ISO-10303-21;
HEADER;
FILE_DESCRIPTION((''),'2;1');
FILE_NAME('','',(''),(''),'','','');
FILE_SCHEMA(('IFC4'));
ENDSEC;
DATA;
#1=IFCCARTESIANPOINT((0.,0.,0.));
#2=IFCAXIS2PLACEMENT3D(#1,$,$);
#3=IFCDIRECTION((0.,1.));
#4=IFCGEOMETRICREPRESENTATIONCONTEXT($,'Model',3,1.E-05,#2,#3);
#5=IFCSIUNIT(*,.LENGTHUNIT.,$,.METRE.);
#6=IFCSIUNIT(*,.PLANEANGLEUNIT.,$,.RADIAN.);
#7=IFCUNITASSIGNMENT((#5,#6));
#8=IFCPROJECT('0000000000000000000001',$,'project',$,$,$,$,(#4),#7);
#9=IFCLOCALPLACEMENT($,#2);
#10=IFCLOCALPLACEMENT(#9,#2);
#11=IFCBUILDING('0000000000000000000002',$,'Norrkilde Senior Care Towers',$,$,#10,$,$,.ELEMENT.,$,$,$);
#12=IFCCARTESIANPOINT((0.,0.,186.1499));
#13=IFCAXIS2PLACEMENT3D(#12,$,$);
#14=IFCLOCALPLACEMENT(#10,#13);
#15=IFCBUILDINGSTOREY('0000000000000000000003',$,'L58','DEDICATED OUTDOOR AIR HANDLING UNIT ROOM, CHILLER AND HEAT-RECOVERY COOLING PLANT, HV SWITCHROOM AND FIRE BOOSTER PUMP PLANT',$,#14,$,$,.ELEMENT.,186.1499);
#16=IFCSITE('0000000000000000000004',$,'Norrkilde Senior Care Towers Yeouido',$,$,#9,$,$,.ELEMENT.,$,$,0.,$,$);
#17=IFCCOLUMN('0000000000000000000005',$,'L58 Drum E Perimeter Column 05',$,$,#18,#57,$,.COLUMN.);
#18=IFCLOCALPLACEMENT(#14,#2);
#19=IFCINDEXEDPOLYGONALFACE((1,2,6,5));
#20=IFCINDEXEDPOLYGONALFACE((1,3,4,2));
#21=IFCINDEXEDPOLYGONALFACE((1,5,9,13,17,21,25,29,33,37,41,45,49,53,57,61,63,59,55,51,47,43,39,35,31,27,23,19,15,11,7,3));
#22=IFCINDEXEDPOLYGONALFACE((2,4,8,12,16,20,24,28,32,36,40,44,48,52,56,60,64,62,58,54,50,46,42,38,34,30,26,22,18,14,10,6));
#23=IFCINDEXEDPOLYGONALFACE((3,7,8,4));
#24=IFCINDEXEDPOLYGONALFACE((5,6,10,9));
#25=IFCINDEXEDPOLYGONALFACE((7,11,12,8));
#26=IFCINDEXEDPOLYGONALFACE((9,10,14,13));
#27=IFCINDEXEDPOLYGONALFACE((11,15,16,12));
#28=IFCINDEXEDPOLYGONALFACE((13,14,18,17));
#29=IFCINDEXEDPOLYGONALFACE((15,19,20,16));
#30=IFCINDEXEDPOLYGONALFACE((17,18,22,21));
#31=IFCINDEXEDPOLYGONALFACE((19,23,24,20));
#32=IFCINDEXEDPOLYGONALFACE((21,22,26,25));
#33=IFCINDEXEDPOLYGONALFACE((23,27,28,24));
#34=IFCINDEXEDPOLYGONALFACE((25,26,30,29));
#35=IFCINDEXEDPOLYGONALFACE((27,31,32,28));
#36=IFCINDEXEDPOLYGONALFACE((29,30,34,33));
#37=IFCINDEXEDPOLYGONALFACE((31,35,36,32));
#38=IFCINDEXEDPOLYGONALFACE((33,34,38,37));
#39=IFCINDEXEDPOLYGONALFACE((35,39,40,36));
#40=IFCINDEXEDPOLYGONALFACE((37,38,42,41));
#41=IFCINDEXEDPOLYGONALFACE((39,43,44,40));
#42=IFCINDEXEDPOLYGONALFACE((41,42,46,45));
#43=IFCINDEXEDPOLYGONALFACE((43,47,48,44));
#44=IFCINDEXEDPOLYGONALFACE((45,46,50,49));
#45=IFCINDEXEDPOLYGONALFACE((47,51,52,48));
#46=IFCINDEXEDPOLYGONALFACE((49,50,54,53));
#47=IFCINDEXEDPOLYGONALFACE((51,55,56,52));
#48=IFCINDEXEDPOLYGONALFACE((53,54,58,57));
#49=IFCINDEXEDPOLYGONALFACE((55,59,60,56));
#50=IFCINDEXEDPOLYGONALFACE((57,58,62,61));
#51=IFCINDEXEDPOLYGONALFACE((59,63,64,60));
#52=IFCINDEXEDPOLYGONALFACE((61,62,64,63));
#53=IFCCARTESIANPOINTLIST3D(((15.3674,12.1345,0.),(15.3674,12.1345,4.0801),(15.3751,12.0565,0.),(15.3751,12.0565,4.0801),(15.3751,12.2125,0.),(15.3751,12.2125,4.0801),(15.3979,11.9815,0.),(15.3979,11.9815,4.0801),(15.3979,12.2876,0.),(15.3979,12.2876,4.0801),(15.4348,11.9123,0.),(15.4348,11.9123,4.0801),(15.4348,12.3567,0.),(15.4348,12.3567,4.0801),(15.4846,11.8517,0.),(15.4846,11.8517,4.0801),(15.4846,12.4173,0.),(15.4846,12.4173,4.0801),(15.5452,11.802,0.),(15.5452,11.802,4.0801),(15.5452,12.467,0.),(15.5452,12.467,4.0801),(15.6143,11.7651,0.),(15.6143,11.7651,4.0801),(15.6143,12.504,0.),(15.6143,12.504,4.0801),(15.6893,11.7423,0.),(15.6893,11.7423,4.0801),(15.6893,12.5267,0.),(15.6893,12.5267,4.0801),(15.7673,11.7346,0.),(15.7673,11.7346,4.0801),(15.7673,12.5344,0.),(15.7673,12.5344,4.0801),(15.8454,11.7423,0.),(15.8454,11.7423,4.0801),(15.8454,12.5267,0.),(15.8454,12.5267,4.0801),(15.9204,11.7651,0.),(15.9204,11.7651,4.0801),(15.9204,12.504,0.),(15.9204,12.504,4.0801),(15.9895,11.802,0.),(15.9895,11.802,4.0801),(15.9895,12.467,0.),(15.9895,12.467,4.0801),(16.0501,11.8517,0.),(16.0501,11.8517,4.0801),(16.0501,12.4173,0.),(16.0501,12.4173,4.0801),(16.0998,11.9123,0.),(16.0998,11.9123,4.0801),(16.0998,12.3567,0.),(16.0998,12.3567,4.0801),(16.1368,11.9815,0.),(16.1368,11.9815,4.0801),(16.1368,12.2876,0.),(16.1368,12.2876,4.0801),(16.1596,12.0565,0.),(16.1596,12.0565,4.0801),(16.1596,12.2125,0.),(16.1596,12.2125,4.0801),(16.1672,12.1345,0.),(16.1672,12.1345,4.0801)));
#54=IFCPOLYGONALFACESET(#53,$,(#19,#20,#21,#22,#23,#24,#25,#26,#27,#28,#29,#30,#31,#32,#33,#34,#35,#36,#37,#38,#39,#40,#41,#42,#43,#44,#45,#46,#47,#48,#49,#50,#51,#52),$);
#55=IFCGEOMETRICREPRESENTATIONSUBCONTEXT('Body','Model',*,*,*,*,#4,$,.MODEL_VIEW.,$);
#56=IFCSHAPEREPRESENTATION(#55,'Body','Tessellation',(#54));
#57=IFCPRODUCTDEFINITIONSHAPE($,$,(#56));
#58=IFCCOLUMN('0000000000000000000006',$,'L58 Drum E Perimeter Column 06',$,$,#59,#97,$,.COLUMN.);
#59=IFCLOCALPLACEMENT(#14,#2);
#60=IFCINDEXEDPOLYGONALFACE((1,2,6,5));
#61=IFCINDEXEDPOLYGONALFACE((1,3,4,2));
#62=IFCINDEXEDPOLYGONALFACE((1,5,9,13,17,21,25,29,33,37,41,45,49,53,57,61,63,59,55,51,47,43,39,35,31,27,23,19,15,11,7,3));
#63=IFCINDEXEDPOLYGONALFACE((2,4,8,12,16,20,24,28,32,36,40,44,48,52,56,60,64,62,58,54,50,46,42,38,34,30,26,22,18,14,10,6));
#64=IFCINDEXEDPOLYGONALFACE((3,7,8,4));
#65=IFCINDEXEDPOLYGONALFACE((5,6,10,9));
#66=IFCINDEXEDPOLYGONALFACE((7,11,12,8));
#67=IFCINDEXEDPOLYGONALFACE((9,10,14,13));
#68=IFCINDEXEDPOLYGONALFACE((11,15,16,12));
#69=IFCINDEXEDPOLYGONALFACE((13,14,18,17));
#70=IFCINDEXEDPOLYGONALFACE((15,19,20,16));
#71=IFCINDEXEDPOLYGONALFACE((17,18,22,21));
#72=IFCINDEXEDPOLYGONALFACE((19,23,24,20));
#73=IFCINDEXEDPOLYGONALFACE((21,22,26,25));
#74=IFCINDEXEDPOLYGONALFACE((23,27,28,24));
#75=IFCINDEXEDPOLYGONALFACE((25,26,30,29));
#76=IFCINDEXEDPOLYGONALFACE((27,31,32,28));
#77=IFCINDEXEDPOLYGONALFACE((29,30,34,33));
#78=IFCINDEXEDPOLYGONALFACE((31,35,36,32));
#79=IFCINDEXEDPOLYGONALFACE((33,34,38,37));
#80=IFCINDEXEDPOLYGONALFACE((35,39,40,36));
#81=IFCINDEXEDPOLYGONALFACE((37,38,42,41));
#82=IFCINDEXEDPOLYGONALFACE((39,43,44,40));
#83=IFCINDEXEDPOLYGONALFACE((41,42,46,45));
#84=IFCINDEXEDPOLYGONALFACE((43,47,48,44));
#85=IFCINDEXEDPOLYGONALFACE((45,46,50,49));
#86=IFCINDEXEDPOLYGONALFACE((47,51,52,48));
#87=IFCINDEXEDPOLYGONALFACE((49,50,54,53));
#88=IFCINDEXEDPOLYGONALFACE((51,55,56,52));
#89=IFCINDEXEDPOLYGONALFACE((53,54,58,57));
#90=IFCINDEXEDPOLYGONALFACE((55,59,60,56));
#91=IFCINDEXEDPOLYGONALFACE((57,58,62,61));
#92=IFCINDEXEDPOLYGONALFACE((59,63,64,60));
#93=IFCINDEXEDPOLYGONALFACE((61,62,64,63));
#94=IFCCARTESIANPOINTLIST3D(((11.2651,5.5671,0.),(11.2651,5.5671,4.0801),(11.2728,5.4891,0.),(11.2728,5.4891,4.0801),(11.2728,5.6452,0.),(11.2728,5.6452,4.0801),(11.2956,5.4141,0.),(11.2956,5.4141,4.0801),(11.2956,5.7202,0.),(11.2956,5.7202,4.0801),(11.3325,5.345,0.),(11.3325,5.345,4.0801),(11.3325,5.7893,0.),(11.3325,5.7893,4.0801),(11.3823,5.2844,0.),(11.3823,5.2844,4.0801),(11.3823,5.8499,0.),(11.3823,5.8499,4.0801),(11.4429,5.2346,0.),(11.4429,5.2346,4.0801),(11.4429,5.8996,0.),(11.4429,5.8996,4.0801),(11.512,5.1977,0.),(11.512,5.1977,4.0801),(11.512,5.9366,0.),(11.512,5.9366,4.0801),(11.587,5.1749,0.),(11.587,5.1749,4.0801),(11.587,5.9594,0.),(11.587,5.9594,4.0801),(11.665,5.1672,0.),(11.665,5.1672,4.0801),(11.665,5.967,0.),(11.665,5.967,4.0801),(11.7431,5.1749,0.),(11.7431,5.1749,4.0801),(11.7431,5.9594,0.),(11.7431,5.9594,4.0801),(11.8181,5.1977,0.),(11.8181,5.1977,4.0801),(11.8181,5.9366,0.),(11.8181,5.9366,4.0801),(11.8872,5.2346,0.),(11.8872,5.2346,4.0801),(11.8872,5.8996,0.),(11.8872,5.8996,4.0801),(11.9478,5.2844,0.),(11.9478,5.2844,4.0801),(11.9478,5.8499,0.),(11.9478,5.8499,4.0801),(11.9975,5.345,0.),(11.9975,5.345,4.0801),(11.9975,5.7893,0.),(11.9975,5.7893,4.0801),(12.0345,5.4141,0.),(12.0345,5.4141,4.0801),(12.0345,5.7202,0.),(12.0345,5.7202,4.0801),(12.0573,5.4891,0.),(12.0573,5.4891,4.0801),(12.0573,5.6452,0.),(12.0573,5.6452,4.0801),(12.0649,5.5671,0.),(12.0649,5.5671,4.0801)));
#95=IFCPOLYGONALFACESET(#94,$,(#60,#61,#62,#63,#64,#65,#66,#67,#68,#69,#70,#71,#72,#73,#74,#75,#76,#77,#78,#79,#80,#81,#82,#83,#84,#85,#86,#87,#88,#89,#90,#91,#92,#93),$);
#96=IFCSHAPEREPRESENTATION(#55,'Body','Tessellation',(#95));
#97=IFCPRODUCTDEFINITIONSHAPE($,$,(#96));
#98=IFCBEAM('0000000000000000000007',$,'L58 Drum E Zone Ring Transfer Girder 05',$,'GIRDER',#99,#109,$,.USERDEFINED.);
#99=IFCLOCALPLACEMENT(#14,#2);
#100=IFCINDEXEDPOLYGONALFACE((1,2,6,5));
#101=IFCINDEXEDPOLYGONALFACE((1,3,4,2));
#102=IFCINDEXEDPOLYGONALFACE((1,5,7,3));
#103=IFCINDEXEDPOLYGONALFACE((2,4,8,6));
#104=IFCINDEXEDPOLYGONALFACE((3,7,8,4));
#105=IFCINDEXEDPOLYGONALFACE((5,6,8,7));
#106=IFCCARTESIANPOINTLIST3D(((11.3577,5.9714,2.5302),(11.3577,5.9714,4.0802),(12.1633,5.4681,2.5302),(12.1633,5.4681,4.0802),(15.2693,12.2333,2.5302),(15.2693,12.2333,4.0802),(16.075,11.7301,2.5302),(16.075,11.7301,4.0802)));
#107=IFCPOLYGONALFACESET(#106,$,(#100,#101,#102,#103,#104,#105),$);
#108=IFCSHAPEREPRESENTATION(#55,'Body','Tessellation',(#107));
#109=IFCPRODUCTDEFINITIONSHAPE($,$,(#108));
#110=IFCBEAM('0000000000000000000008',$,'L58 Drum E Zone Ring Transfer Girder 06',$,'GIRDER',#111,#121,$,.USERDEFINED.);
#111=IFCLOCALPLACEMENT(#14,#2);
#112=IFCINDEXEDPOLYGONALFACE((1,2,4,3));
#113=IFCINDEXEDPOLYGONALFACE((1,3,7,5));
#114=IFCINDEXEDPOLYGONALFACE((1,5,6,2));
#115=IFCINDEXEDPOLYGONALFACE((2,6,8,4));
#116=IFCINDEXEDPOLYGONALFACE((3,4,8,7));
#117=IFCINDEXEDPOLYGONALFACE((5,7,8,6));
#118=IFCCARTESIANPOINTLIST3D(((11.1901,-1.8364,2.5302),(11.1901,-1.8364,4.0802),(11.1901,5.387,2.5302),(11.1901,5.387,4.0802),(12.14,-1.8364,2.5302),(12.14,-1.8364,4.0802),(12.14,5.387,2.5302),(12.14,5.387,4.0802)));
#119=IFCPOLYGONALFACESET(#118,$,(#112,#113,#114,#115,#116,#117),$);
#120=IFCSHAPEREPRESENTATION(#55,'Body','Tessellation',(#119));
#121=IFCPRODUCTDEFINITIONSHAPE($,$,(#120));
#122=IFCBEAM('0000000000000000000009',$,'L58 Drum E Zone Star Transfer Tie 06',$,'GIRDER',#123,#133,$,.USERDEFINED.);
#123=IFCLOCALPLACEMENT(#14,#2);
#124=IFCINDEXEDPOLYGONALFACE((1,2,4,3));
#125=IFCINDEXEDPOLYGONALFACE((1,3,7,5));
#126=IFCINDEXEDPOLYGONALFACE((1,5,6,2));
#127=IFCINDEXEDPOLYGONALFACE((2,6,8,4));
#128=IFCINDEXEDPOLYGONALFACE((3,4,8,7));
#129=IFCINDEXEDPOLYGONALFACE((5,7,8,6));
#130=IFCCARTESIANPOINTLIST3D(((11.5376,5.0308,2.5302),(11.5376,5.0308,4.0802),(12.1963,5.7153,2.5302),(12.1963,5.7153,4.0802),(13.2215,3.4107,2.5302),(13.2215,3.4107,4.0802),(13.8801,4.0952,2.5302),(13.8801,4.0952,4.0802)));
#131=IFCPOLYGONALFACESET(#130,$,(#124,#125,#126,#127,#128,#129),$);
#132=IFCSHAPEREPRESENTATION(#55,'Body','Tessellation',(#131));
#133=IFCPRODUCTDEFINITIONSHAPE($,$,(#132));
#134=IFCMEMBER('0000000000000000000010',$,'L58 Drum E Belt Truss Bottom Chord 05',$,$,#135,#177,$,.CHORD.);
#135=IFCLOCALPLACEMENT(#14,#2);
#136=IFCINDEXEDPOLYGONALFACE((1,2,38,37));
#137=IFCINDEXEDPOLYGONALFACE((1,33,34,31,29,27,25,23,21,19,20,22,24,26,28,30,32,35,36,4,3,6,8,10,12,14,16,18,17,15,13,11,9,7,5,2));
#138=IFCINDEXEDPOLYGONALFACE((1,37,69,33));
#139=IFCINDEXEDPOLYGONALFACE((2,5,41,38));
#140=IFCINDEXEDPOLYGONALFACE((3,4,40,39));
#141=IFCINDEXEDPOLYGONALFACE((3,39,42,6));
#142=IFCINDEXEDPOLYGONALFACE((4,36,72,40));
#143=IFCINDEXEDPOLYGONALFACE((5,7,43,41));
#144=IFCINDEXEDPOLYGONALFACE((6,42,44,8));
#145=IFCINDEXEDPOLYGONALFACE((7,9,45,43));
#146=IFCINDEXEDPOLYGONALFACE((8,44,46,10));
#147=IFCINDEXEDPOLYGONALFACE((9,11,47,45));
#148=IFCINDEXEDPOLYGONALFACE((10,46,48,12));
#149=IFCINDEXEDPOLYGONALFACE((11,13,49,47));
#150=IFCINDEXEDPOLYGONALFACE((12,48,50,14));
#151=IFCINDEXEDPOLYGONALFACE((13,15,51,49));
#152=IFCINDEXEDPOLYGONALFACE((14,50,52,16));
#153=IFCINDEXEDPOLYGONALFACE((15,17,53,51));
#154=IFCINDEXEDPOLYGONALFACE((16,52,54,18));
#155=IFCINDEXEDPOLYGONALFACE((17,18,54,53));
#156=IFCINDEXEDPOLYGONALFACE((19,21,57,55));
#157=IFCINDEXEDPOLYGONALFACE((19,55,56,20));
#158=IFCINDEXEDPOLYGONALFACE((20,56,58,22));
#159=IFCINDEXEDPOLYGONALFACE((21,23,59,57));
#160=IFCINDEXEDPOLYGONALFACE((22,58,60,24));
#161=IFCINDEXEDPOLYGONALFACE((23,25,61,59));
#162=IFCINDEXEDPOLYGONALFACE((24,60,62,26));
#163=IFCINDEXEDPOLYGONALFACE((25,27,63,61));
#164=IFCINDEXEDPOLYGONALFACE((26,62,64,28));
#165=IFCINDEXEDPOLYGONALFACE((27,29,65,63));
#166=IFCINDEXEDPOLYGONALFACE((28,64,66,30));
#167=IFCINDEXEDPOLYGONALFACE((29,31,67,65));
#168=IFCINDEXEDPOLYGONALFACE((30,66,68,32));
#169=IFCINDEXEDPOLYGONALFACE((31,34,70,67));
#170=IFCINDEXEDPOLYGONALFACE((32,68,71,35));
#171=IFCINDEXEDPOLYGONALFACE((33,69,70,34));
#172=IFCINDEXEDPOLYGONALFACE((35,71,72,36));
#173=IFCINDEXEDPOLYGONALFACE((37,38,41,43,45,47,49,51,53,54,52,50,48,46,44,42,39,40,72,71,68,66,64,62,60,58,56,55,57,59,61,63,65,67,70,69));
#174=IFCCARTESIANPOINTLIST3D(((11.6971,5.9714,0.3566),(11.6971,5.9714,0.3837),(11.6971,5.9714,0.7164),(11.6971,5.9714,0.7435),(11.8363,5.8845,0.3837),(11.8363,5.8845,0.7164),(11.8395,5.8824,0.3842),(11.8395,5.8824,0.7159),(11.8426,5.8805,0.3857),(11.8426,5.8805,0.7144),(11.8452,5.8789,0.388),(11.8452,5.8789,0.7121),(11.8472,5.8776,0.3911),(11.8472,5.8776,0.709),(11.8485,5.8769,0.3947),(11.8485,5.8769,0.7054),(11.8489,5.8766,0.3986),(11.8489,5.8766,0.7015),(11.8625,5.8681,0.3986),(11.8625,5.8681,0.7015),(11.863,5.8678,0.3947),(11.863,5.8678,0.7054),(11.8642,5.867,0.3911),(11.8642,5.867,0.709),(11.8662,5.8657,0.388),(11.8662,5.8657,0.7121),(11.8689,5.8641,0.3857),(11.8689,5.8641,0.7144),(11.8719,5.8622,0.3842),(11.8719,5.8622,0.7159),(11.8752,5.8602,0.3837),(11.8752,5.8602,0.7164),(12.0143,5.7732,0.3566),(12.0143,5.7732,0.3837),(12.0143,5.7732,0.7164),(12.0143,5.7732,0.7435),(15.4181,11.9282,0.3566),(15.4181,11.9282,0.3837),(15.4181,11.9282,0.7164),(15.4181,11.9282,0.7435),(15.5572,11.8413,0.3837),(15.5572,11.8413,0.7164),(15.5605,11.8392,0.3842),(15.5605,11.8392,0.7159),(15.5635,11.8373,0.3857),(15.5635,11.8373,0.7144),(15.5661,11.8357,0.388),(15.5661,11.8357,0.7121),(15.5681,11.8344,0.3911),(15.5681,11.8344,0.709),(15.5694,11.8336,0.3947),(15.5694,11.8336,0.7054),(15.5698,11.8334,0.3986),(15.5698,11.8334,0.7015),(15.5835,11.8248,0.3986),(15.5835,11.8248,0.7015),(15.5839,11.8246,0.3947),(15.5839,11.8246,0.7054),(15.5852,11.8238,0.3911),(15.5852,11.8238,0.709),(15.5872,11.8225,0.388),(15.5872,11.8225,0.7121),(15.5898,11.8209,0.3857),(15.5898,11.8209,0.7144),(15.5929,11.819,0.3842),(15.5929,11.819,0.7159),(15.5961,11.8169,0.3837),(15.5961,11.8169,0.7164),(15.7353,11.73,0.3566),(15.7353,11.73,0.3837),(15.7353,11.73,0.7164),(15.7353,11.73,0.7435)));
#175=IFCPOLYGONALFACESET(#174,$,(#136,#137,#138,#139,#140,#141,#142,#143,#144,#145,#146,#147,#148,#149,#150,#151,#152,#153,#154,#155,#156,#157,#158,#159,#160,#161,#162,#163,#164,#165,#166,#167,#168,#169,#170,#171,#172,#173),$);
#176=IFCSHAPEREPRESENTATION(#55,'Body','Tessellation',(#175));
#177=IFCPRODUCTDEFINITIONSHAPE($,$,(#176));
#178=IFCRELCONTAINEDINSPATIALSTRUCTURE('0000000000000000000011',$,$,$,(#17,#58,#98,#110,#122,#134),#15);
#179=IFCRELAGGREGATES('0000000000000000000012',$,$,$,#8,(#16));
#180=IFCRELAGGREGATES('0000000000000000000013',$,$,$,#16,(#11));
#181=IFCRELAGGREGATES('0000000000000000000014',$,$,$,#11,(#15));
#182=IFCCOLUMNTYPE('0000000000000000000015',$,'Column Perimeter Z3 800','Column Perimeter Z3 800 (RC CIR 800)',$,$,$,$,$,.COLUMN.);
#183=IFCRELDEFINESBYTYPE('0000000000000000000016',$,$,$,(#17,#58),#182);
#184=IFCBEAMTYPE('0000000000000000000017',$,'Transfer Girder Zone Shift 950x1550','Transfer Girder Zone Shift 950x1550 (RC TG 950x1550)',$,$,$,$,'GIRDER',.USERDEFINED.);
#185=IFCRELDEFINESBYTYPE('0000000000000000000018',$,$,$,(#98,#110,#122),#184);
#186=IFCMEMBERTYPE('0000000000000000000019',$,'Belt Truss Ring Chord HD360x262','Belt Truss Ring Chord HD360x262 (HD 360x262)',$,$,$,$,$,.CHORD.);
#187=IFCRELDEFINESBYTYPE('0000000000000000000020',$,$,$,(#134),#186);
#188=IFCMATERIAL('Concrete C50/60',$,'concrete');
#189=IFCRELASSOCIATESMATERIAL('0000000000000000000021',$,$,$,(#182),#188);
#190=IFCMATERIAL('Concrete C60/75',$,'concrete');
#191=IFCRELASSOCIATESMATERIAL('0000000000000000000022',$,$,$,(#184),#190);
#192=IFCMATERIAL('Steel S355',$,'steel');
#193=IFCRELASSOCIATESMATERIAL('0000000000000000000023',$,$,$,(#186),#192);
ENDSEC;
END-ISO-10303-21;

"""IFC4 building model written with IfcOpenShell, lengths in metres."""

from ifc_helpers import new_model, si_unit, direction, frame, origin, origin_2d, place, context, subcontext, project, spatial, rectangle, circle, i_section, extrude, source, transform, mapped, material, material_profile, profile_set, type_object, type_shapes, element, save


model = new_model("IFC4")

# Units and contexts
model_context = context("Model", 3, precision=1e-05, world=origin(), true_north=direction((0.0, 1.0)))
body_context = subcontext(model_context, "Body", "Model", "MODEL_VIEW")
ifc_project = project(units=[si_unit("LENGTHUNIT", "METRE"), si_unit("PLANEANGLEUNIT", "RADIAN")], contexts=[model_context])

# Site, building, storey
site_placement = place(None, origin())
site = spatial("IfcSite", under=ifc_project, at=site_placement, Name="Norrkilde Senior Care Towers Yeouido", CompositionType="ELEMENT", RefElevation=0.0)
building_placement = place(site_placement, origin())
building = spatial("IfcBuilding", under=site, at=building_placement, Name="Norrkilde Senior Care Towers", CompositionType="ELEMENT")
storey_placement = place(building_placement, frame((0.0, 0.0, 186.1499)))
storey = spatial("IfcBuildingStorey", under=building, at=storey_placement, Name="L58", Description="DEDICATED OUTDOOR AIR HANDLING UNIT ROOM, CHILLER AND HEAT-RECOVERY COOLING PLANT, HV SWITCHROOM AND FIRE BOOSTER PUMP PLANT", CompositionType="ELEMENT", Elevation=186.1499)

# Columns
ifc_material_1 = material(Name="Concrete C50/60", Category="concrete")
ifc_material_profile_1 = material_profile(ifc_material_1, circle(Radius=0.3999, at=origin_2d()), Name="RC CIR 800")
ifc_profile_set_1 = profile_set([ifc_material_profile_1], Name="Concrete C50/60")
column_type = type_object("IfcColumnType", Name="Column Perimeter Z3 800", Description="Column Perimeter Z3 800 (RC CIR 800)", PredefinedType="COLUMN", material=ifc_profile_set_1)
shared_shape_1 = source(origin(), body_context, "Body", "SweptSolid", [
    extrude(circle(Radius=0.3999, at=origin_2d()), origin(), (0.0, 0.0, 1.0), 4.0801),
])
type_shapes(column_type, [shared_shape_1])
for number, where, z_axis, x_axis, name in (
    (1, (15.7673, 12.1345, 0.0), (0.0, 0.0, 1.0), (1.0, 0.0, 0.0), "L58 Drum E Perimeter Column 05"),
    (2, (11.665, 5.5671, 0.0), (0.0, 0.0, 1.0), (1.0, 0.0, 0.0), "L58 Drum E Perimeter Column 06"),
):
    element("IfcColumn", number, at=place(storey_placement, frame(where, z_axis=z_axis, x_axis=x_axis)), inside=storey, type_object=column_type, Name=name, PredefinedType="COLUMN", context=body_context, shape_type="MappedRepresentation", body=[
        mapped(shared_shape_1, transform((0.0, 0.0, 0.0), x_axis=(1.0, 0.0, 0.0), y_axis=(0.0, 1.0, 0.0), z_axis=(0.0, 0.0, 1.0), scale=1.0)),
    ])

# Beams
ifc_material_2 = material(Name="Concrete C60/75", Category="concrete")
ifc_material_profile_2 = material_profile(ifc_material_2, rectangle(XDim=0.95, YDim=1.55, at=origin_2d()), Name="RC TG 950x1550")
ifc_profile_set_2 = profile_set([ifc_material_profile_2], Name="Concrete C60/75")
beam_type = type_object("IfcBeamType", Name="Transfer Girder Zone Shift 950x1550", Description="Transfer Girder Zone Shift 950x1550 (RC TG 950x1550)", ElementType="GIRDER", PredefinedType="USERDEFINED", material=ifc_profile_set_2)
shared_shape_2 = source(origin(), body_context, "Body", "SweptSolid", [
    extrude(rectangle(XDim=0.95, YDim=1.55, at=origin_2d()), origin(), (0.0, 0.0, 1.0), 7.3833),
])
beam_1_placement = place(storey_placement, frame((15.6721, 11.9817, 3.3052), z_axis=(-0.529794, -0.848126, 0.0), x_axis=(0.848126, -0.529794, 0.0)))
element("IfcBeam", 3, at=beam_1_placement, inside=storey, type_object=beam_type, Name="L58 Drum E Zone Ring Transfer Girder 05", ObjectType="GIRDER", PredefinedType="USERDEFINED", context=body_context, shape_type="MappedRepresentation", body=[
    mapped(shared_shape_2, transform((0.0, 0.0, 0.0), x_axis=(1.0, 0.0, 0.0), y_axis=(0.0, 1.0, 0.0), z_axis=(0.0, 0.0, 1.0), scale=1.0)),
])
shared_shape_3 = source(origin(), body_context, "Body", "SweptSolid", [
    extrude(rectangle(XDim=0.95, YDim=1.55, at=origin_2d()), origin(), (0.0, 0.0, 1.0), 7.2234),
])
beam_2_placement = place(storey_placement, frame((11.665, 5.387, 3.3052), z_axis=(0.0, -1.0, 0.0), x_axis=(1.0, 0.0, 0.0)))
element("IfcBeam", 4, at=beam_2_placement, inside=storey, type_object=beam_type, Name="L58 Drum E Zone Ring Transfer Girder 06", ObjectType="GIRDER", PredefinedType="USERDEFINED", context=body_context, shape_type="MappedRepresentation", body=[
    mapped(shared_shape_3, transform((0.0, 0.0, 0.0), x_axis=(1.0, 0.0, 0.0), y_axis=(0.0, 1.0, 0.0), z_axis=(0.0, 0.0, 1.0), scale=1.0)),
])
shared_shape_4 = source(origin(), body_context, "Body", "SweptSolid", [
    extrude(rectangle(XDim=0.95, YDim=1.55, at=origin_2d()), origin(), (0.0, 0.0, 1.0), 2.3367),
])
beam_3_placement = place(storey_placement, frame((13.5508, 3.7529, 3.3052), z_axis=(-0.72061, 0.69334, 0.0), x_axis=(-0.69334, -0.72061, 0.0)))
element("IfcBeam", 5, at=beam_3_placement, inside=storey, type_object=beam_type, Name="L58 Drum E Zone Star Transfer Tie 06", ObjectType="GIRDER", PredefinedType="USERDEFINED", context=body_context, shape_type="MappedRepresentation", body=[
    mapped(shared_shape_4, transform((0.0, 0.0, 0.0), x_axis=(1.0, 0.0, 0.0), y_axis=(0.0, 1.0, 0.0), z_axis=(0.0, 0.0, 1.0), scale=1.0)),
])

# Member
ifc_material_3 = material(Name="Steel S355", Category="steel")
ifc_material_profile_3 = material_profile(ifc_material_3, i_section(OverallWidth=0.374, OverallDepth=0.387, WebThickness=0.0161, FlangeThickness=0.0271, FilletRadius=0.0149, at=origin_2d()), Name="HD 360x262")
ifc_profile_set_3 = profile_set([ifc_material_profile_3], Name="Steel S355")
member_type_1 = type_object("IfcMemberType", Name="Belt Truss Ring Chord HD360x262", Description="Belt Truss Ring Chord HD360x262 (HD 360x262)", PredefinedType="CHORD", material=ifc_profile_set_3)
shared_shape_5 = source(origin(), body_context, "Body", "SweptSolid", [
    extrude(i_section(OverallWidth=0.374, OverallDepth=0.387, WebThickness=0.0161, FlangeThickness=0.0271, FilletRadius=0.0149, at=origin_2d()), origin(), (0.0, 0.0, 1.0), 7.0234),
])
member_1_placement = place(storey_placement, frame((15.5767, 11.8291, 0.55), z_axis=(-0.52979, -0.848129, 0.0), x_axis=(0.848129, -0.52979, 0.0)))
element("IfcMember", 6, at=member_1_placement, inside=storey, type_object=member_type_1, Name="L58 Drum E Belt Truss Bottom Chord 05", PredefinedType="CHORD", context=body_context, shape_type="MappedRepresentation", body=[
    mapped(shared_shape_5, transform((0.0, 0.0, 0.0), x_axis=(1.0, 0.0, 0.0), y_axis=(0.0, 1.0, 0.0), z_axis=(0.0, 0.0, 1.0), scale=1.0)),
])

save(model, "model.ifc")
